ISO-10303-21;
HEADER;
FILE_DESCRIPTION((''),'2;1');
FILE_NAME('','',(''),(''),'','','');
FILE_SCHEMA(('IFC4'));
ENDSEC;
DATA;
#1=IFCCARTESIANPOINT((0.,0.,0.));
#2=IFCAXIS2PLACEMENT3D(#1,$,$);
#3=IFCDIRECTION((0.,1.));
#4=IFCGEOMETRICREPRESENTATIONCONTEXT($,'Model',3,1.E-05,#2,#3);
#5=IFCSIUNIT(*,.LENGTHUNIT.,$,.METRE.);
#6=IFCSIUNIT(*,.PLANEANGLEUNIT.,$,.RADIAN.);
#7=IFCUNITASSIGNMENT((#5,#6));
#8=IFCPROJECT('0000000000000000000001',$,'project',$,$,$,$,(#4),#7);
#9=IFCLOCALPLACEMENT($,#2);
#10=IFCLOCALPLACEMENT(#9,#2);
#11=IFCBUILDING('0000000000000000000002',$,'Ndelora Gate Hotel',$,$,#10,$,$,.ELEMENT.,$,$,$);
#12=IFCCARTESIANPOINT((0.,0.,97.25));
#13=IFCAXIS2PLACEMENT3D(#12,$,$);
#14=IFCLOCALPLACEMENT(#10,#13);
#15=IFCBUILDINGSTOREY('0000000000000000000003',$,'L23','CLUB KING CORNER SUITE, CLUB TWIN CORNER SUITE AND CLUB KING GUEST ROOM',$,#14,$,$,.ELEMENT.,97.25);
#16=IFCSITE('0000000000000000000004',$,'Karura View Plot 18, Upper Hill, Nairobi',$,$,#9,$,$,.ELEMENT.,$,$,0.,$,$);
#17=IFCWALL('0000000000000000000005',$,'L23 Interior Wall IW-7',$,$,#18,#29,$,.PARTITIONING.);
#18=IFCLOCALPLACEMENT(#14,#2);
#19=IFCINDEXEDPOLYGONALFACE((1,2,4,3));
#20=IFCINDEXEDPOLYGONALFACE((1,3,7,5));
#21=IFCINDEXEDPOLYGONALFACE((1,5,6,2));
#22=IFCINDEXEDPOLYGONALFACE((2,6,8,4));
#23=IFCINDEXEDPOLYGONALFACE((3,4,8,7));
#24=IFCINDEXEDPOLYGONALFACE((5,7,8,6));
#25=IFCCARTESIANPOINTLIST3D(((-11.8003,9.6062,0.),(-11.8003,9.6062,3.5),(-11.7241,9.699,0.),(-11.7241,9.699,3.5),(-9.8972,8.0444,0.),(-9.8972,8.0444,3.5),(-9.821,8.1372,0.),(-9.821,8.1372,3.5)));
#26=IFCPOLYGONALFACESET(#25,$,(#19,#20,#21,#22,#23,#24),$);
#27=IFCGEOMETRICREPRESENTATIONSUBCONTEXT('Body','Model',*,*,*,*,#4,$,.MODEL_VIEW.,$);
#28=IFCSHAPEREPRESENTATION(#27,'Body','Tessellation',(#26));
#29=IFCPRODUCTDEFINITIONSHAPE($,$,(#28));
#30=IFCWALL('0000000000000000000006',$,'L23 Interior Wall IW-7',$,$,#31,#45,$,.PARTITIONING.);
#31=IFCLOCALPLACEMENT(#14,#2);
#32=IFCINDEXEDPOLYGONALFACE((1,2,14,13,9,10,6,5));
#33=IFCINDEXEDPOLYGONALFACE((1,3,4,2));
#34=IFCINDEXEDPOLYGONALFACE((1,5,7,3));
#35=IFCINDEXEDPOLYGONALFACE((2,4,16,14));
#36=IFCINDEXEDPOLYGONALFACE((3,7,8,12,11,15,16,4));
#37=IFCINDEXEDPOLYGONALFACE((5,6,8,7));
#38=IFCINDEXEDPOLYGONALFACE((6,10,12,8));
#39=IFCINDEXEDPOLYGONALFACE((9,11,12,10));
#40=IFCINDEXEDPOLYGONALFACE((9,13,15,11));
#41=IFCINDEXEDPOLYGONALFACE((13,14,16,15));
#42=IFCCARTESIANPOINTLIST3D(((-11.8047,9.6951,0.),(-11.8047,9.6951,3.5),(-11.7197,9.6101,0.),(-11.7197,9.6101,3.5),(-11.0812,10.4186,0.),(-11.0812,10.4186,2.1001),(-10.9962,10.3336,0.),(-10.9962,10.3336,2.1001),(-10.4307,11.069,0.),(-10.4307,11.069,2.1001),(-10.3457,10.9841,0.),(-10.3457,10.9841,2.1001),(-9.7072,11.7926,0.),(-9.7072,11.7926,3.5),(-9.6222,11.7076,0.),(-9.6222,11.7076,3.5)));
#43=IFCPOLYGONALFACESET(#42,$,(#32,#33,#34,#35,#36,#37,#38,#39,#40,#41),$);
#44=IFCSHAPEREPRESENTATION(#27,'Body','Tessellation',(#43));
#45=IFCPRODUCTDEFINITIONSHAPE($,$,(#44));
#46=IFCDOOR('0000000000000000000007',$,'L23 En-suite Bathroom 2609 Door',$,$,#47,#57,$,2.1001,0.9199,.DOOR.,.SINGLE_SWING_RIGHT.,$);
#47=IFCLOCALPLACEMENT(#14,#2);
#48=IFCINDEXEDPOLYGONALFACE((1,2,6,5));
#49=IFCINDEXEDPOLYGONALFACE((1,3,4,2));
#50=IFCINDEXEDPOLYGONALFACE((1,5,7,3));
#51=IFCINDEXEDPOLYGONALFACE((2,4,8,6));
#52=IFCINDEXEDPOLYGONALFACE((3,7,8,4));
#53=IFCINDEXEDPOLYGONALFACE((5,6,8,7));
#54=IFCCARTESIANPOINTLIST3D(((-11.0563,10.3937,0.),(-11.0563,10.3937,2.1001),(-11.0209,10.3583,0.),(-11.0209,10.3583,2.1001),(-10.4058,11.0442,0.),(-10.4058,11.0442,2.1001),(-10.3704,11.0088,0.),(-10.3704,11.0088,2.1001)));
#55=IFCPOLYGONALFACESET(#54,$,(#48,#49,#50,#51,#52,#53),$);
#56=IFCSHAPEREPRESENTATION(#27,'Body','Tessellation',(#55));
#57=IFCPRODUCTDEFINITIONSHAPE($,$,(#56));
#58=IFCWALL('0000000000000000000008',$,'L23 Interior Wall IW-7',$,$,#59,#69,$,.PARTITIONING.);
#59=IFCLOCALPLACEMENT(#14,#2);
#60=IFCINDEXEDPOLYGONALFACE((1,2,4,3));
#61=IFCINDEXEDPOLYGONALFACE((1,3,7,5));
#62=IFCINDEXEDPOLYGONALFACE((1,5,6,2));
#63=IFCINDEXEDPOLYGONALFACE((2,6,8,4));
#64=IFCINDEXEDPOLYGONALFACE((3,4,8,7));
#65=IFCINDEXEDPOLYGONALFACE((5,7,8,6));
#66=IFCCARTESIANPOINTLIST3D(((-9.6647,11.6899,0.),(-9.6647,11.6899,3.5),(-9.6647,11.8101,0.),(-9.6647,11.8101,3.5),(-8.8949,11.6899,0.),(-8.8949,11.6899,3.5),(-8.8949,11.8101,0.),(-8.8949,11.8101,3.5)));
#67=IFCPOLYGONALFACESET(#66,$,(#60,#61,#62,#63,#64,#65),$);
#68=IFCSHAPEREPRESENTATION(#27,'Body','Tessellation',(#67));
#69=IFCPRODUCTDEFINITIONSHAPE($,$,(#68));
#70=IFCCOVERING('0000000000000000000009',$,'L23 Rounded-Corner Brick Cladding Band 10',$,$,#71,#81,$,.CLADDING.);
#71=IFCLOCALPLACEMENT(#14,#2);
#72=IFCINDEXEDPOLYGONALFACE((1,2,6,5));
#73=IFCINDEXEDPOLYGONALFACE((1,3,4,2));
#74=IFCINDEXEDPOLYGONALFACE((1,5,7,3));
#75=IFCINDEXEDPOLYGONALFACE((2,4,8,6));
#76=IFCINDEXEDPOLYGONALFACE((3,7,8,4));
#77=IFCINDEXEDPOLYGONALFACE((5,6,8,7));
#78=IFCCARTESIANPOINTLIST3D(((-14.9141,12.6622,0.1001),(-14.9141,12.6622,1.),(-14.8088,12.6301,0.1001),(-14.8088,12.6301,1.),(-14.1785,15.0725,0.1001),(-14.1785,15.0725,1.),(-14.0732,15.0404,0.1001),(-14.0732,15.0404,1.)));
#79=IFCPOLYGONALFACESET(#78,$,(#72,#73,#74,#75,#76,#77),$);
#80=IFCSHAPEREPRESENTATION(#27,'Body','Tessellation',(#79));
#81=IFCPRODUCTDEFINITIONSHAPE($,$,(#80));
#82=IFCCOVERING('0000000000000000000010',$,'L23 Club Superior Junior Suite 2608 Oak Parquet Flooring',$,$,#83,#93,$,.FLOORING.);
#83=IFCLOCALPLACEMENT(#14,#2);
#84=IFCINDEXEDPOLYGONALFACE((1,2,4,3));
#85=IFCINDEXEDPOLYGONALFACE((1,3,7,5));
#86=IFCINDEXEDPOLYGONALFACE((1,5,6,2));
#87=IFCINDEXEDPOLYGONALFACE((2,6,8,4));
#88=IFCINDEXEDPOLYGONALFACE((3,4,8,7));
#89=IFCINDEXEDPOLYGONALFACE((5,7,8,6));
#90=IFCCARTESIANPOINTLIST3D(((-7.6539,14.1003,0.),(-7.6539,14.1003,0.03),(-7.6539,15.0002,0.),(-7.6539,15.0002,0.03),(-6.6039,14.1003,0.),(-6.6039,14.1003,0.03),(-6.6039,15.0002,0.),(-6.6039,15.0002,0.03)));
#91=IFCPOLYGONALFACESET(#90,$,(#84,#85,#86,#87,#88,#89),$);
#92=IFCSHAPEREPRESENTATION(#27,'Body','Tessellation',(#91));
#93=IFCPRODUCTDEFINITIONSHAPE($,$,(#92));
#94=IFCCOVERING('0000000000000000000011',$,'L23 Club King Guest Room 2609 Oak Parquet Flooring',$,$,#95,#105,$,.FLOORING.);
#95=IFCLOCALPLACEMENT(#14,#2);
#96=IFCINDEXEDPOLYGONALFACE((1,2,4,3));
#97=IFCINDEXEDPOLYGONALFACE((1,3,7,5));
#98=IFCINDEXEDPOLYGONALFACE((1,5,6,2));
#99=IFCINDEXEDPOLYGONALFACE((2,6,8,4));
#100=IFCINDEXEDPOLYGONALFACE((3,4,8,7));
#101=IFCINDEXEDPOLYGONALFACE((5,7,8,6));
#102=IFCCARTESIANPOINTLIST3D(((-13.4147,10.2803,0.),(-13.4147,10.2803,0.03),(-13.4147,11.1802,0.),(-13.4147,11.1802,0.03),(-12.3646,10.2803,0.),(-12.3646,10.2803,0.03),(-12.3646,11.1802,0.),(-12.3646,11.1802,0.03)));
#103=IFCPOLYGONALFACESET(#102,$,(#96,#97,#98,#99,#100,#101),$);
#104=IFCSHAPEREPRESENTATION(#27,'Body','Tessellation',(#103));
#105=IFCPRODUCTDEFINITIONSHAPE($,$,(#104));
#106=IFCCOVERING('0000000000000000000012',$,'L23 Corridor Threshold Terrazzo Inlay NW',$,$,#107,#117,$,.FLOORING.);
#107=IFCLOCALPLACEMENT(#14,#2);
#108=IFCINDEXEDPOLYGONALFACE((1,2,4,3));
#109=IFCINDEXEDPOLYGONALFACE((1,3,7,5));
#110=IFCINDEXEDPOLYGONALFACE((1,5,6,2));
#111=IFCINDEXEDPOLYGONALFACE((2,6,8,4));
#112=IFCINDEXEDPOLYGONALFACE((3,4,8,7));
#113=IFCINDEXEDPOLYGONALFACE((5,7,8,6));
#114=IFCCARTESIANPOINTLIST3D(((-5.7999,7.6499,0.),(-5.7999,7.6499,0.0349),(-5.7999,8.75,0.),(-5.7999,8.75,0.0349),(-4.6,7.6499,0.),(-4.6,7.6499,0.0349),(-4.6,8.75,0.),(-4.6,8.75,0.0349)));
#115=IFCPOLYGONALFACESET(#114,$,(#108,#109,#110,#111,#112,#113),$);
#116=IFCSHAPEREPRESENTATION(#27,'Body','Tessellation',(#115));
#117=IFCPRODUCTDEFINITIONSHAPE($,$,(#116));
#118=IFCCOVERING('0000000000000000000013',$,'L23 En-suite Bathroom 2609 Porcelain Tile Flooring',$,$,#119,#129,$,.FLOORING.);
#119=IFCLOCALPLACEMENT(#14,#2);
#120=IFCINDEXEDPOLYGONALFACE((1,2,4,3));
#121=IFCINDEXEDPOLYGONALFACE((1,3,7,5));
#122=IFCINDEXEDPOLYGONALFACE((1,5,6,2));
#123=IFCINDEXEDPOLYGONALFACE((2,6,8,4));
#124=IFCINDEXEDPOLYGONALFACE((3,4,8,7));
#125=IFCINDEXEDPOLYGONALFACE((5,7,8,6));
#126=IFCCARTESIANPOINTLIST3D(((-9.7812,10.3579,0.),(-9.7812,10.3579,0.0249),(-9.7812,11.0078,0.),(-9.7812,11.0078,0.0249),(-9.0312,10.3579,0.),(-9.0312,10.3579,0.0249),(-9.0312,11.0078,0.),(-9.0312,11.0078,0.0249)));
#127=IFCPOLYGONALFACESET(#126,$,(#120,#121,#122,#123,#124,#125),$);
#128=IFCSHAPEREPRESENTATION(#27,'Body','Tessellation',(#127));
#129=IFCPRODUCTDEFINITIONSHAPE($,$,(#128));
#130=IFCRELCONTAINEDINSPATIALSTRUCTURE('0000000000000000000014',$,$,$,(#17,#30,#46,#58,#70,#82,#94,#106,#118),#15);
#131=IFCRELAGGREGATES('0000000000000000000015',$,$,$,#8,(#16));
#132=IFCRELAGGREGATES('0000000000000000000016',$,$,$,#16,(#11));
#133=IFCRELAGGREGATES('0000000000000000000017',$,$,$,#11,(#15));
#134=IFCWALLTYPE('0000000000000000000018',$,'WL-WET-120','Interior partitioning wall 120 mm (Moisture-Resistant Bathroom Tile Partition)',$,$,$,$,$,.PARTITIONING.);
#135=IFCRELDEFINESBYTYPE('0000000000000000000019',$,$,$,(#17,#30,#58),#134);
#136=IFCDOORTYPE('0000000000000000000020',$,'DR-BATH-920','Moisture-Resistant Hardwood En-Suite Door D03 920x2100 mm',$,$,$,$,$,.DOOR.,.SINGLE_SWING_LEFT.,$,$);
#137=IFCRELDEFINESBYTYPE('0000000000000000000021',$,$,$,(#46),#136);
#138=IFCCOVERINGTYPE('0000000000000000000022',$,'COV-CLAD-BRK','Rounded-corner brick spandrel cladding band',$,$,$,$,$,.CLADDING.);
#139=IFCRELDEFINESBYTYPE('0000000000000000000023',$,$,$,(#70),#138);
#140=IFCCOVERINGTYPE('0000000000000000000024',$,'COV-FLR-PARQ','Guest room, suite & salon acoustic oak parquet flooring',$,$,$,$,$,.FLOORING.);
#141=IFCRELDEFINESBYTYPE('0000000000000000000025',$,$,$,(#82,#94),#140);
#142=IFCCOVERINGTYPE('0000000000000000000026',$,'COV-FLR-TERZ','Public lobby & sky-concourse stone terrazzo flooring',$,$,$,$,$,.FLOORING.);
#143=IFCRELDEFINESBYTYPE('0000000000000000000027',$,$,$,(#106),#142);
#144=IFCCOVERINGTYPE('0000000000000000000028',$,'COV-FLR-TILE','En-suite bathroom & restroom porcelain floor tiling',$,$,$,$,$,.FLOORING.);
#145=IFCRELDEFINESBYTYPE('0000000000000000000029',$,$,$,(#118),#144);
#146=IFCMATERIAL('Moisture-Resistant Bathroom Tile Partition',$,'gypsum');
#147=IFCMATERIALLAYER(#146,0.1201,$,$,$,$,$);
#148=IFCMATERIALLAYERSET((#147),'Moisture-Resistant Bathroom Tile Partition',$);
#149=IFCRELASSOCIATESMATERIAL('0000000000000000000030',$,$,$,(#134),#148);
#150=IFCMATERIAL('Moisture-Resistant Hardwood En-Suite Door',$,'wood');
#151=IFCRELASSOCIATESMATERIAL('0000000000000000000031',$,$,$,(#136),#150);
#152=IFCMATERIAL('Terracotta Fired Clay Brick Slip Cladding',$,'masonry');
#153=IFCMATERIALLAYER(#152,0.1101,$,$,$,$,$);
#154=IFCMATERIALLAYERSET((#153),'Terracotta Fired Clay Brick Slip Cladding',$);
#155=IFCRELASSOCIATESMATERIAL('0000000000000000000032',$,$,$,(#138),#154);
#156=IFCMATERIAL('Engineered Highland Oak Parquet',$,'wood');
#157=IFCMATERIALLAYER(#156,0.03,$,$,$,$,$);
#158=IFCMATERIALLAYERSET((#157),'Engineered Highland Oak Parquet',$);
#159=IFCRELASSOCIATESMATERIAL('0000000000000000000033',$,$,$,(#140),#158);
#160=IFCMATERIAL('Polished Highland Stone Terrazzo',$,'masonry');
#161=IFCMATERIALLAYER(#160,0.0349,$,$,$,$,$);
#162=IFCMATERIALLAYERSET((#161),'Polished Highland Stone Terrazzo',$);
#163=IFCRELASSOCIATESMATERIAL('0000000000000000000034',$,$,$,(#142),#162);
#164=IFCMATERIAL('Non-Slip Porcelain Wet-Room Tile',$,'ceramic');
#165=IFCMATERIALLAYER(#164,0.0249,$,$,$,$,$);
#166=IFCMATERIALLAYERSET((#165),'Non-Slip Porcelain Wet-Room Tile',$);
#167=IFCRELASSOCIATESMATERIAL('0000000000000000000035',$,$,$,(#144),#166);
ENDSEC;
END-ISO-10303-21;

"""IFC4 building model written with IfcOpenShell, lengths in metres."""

from ifc_helpers import new_model, si_unit, direction, frame, frame_2d, origin, origin_2d, place, context, subcontext, project, spatial, rectangle, extrude, material, layer, layer_set, type_object, element, fill, save


model = new_model("IFC4")

# Units and contexts
model_context = context("Model", 3, precision=1e-05, world=origin(), true_north=direction((0.0, 1.0)))
body_context = subcontext(model_context, "Body", "Model", "MODEL_VIEW")
ifc_project = project(units=[si_unit("LENGTHUNIT", "METRE"), si_unit("PLANEANGLEUNIT", "RADIAN")], contexts=[model_context])

# Site, building, storey
site_placement = place(None, origin())
site = spatial("IfcSite", under=ifc_project, at=site_placement, Name="Karura View Plot 18, Upper Hill, Nairobi", CompositionType="ELEMENT", RefElevation=0.0)
building_placement = place(site_placement, origin())
building = spatial("IfcBuilding", under=site, at=building_placement, Name="Ndelora Gate Hotel", CompositionType="ELEMENT")
storey_placement = place(building_placement, frame((0.0, 0.0, 97.25)))
storey = spatial("IfcBuildingStorey", under=building, at=storey_placement, Name="L23", Description="CLUB KING CORNER SUITE, CLUB TWIN CORNER SUITE AND CLUB KING GUEST ROOM", CompositionType="ELEMENT", Elevation=97.25)

# Shared definitions
ifc_material_1 = material(Name="Moisture-Resistant Bathroom Tile Partition", Category="gypsum")
ifc_layer_1 = layer(ifc_material_1, 0.1201)
ifc_layer_set_1 = layer_set([ifc_layer_1], Name="Moisture-Resistant Bathroom Tile Partition")
wall_type_1 = type_object("IfcWallType", Name="WL-WET-120", Description="Interior partitioning wall 120 mm (Moisture-Resistant Bathroom Tile Partition)", PredefinedType="PARTITIONING", material=ifc_layer_set_1)

# Shared definitions
ifc_material_2 = material(Name="Moisture-Resistant Hardwood En-Suite Door", Category="wood")
door_type_1 = type_object("IfcDoorType", Name="DR-BATH-920", Description="Moisture-Resistant Hardwood En-Suite Door D03 920x2100 mm", OperationType="SINGLE_SWING_LEFT", PredefinedType="DOOR", material=ifc_material_2)

# Wall
wall_1_placement = place(storey_placement, frame((-11.7622, 9.6526, 0.0), z_axis=(0.0, 0.0, 1.0), x_axis=(0.77302, -0.634382, 0.0)))
element("IfcWall", 1, at=wall_1_placement, inside=storey, type_object=wall_type_1, Name="L23 Interior Wall IW-7", PredefinedType="PARTITIONING", context=body_context, shape_type="SweptSolid", body=[
    extrude(rectangle(XDim=2.4619, YDim=0.1201, at=frame_2d((1.231, 0.0))), origin(), (0.0, 0.0, 1.0), 3.5),
])

# Wall, opening, door
wall_2_placement = place(storey_placement, frame((-11.7622, 9.6526, 0.0), z_axis=(0.0, 0.0, 1.0), x_axis=(0.707107, 0.707107, 0.0)))
wall_2 = element("IfcWall", 2, at=wall_2_placement, inside=storey, type_object=wall_type_1, Name="L23 Interior Wall IW-7", PredefinedType="PARTITIONING", context=body_context, shape_type="SweptSolid", body=[
    extrude(rectangle(XDim=2.9663, YDim=0.1201, at=frame_2d((1.4832, 0.0))), origin(), (0.0, 0.0, 1.0), 3.5),
])
opening_1_placement = place(wall_2_placement, frame((1.0232, 0.0, 0.0)))
opening_1 = element("IfcOpeningElement", 3, at=opening_1_placement, cuts=wall_2, PredefinedType="OPENING", context=body_context, shape_type="SweptSolid", body=[
    extrude(rectangle(XDim=0.9199, YDim=2.1001, at=frame_2d((0.46, 1.05))), frame((0.0, 0.0701, 0.0), z_axis=(0.0, -1.0, 0.0), x_axis=(1.0, 0.0, 0.0)), (0.0, 0.0, 1.0), 0.1401),
])
door_1_placement = place(opening_1_placement, origin())
door_1 = element("IfcDoor", 4, at=door_1_placement, inside=storey, type_object=door_type_1, Name="L23 En-suite Bathroom 2609 Door", OperationType="SINGLE_SWING_RIGHT", OverallHeight=2.1001, OverallWidth=0.9199, PredefinedType="DOOR", context=body_context, shape_type="SweptSolid", body=[
    extrude(rectangle(XDim=0.9199, YDim=2.1001, at=frame_2d((0.46, 1.05))), frame((0.0, 0.0249, 0.0), z_axis=(0.0, -1.0, 0.0), x_axis=(1.0, 0.0, 0.0)), (0.0, 0.0, 1.0), 0.05),
])
fill(opening_1, door_1)

# Wall
wall_3_placement = place(storey_placement, frame((-8.895, 11.75, 0.0), z_axis=(0.0, 0.0, 1.0), x_axis=(-1.0, 0.0, 0.0)))
element("IfcWall", 5, at=wall_3_placement, inside=storey, type_object=wall_type_1, Name="L23 Interior Wall IW-7", PredefinedType="PARTITIONING", context=body_context, shape_type="SweptSolid", body=[
    extrude(rectangle(XDim=0.7698, YDim=0.1201, at=frame_2d((0.3848, 0.0))), origin(), (0.0, 0.0, 1.0), 3.5),
])

# Coverings
ifc_material_3 = material(Name="Terracotta Fired Clay Brick Slip Cladding", Category="masonry")
ifc_layer_2 = layer(ifc_material_3, 0.1101)
ifc_layer_set_2 = layer_set([ifc_layer_2], Name="Terracotta Fired Clay Brick Slip Cladding")
covering_type_1 = type_object("IfcCoveringType", Name="COV-CLAD-BRK", Description="Rounded-corner brick spandrel cladding band", PredefinedType="CLADDING", material=ifc_layer_set_2)
covering_1_placement = place(storey_placement, frame((-14.4937, 13.8513, 0.1001), z_axis=(0.0, 0.0, 1.0), x_axis=(0.291871, 0.956458, 0.0)))
element("IfcCovering", 6, at=covering_1_placement, inside=storey, type_object=covering_type_1, Name="L23 Rounded-Corner Brick Cladding Band 10", PredefinedType="CLADDING", context=body_context, shape_type="SweptSolid", body=[
    extrude(rectangle(XDim=2.52, YDim=0.1101, at=origin_2d()), origin(), (0.0, 0.0, 1.0), 0.8999),
])
ifc_material_4 = material(Name="Engineered Highland Oak Parquet", Category="wood")
ifc_layer_3 = layer(ifc_material_4, 0.03)
ifc_layer_set_3 = layer_set([ifc_layer_3], Name="Engineered Highland Oak Parquet")
covering_type_2 = type_object("IfcCoveringType", Name="COV-FLR-PARQ", Description="Guest room, suite & salon acoustic oak parquet flooring", PredefinedType="FLOORING", material=ifc_layer_set_3)
for number, where, z_axis, x_axis, name in (
    (7, (-7.1289, 14.5503, 0.0), (0.0, 0.0, 1.0), (1.0, 0.0, 0.0), "L23 Club Superior Junior Suite 2608 Oak Parquet Flooring"),
    (8, (-12.8896, 10.7302, 0.0), (0.0, 0.0, 1.0), (1.0, 0.0, 0.0), "L23 Club King Guest Room 2609 Oak Parquet Flooring"),
):
    element("IfcCovering", number, at=place(storey_placement, frame(where, z_axis=z_axis, x_axis=x_axis)), inside=storey, type_object=covering_type_2, Name=name, PredefinedType="FLOORING", context=body_context, shape_type="SweptSolid", body=[
        extrude(rectangle(XDim=1.05, YDim=0.8999, at=origin_2d()), origin(), (0.0, 0.0, 1.0), 0.03),
    ])
ifc_material_5 = material(Name="Polished Highland Stone Terrazzo", Category="masonry")
ifc_layer_4 = layer(ifc_material_5, 0.0349)
ifc_layer_set_4 = layer_set([ifc_layer_4], Name="Polished Highland Stone Terrazzo")
covering_type_3 = type_object("IfcCoveringType", Name="COV-FLR-TERZ", Description="Public lobby & sky-concourse stone terrazzo flooring", PredefinedType="FLOORING", material=ifc_layer_set_4)
covering_2_placement = place(storey_placement, frame((-5.2, 8.2, 0.0), z_axis=(0.0, 0.0, 1.0), x_axis=(1.0, 0.0, 0.0)))
element("IfcCovering", 9, at=covering_2_placement, inside=storey, type_object=covering_type_3, Name="L23 Corridor Threshold Terrazzo Inlay NW", PredefinedType="FLOORING", context=body_context, shape_type="SweptSolid", body=[
    extrude(rectangle(XDim=1.2, YDim=1.1001, at=origin_2d()), origin(), (0.0, 0.0, 1.0), 0.0349),
])
ifc_material_6 = material(Name="Non-Slip Porcelain Wet-Room Tile", Category="ceramic")
ifc_layer_5 = layer(ifc_material_6, 0.0249)
ifc_layer_set_5 = layer_set([ifc_layer_5], Name="Non-Slip Porcelain Wet-Room Tile")
covering_type_4 = type_object("IfcCoveringType", Name="COV-FLR-TILE", Description="En-suite bathroom & restroom porcelain floor tiling", PredefinedType="FLOORING", material=ifc_layer_set_5)
covering_3_placement = place(storey_placement, frame((-9.4062, 10.6829, 0.0), z_axis=(0.0, 0.0, 1.0), x_axis=(1.0, 0.0, 0.0)))
element("IfcCovering", 10, at=covering_3_placement, inside=storey, type_object=covering_type_4, Name="L23 En-suite Bathroom 2609 Porcelain Tile Flooring", PredefinedType="FLOORING", context=body_context, shape_type="SweptSolid", body=[
    extrude(rectangle(XDim=0.75, YDim=0.6499, at=origin_2d()), origin(), (0.0, 0.0, 1.0), 0.0249),
])

save(model, "model.ifc")
